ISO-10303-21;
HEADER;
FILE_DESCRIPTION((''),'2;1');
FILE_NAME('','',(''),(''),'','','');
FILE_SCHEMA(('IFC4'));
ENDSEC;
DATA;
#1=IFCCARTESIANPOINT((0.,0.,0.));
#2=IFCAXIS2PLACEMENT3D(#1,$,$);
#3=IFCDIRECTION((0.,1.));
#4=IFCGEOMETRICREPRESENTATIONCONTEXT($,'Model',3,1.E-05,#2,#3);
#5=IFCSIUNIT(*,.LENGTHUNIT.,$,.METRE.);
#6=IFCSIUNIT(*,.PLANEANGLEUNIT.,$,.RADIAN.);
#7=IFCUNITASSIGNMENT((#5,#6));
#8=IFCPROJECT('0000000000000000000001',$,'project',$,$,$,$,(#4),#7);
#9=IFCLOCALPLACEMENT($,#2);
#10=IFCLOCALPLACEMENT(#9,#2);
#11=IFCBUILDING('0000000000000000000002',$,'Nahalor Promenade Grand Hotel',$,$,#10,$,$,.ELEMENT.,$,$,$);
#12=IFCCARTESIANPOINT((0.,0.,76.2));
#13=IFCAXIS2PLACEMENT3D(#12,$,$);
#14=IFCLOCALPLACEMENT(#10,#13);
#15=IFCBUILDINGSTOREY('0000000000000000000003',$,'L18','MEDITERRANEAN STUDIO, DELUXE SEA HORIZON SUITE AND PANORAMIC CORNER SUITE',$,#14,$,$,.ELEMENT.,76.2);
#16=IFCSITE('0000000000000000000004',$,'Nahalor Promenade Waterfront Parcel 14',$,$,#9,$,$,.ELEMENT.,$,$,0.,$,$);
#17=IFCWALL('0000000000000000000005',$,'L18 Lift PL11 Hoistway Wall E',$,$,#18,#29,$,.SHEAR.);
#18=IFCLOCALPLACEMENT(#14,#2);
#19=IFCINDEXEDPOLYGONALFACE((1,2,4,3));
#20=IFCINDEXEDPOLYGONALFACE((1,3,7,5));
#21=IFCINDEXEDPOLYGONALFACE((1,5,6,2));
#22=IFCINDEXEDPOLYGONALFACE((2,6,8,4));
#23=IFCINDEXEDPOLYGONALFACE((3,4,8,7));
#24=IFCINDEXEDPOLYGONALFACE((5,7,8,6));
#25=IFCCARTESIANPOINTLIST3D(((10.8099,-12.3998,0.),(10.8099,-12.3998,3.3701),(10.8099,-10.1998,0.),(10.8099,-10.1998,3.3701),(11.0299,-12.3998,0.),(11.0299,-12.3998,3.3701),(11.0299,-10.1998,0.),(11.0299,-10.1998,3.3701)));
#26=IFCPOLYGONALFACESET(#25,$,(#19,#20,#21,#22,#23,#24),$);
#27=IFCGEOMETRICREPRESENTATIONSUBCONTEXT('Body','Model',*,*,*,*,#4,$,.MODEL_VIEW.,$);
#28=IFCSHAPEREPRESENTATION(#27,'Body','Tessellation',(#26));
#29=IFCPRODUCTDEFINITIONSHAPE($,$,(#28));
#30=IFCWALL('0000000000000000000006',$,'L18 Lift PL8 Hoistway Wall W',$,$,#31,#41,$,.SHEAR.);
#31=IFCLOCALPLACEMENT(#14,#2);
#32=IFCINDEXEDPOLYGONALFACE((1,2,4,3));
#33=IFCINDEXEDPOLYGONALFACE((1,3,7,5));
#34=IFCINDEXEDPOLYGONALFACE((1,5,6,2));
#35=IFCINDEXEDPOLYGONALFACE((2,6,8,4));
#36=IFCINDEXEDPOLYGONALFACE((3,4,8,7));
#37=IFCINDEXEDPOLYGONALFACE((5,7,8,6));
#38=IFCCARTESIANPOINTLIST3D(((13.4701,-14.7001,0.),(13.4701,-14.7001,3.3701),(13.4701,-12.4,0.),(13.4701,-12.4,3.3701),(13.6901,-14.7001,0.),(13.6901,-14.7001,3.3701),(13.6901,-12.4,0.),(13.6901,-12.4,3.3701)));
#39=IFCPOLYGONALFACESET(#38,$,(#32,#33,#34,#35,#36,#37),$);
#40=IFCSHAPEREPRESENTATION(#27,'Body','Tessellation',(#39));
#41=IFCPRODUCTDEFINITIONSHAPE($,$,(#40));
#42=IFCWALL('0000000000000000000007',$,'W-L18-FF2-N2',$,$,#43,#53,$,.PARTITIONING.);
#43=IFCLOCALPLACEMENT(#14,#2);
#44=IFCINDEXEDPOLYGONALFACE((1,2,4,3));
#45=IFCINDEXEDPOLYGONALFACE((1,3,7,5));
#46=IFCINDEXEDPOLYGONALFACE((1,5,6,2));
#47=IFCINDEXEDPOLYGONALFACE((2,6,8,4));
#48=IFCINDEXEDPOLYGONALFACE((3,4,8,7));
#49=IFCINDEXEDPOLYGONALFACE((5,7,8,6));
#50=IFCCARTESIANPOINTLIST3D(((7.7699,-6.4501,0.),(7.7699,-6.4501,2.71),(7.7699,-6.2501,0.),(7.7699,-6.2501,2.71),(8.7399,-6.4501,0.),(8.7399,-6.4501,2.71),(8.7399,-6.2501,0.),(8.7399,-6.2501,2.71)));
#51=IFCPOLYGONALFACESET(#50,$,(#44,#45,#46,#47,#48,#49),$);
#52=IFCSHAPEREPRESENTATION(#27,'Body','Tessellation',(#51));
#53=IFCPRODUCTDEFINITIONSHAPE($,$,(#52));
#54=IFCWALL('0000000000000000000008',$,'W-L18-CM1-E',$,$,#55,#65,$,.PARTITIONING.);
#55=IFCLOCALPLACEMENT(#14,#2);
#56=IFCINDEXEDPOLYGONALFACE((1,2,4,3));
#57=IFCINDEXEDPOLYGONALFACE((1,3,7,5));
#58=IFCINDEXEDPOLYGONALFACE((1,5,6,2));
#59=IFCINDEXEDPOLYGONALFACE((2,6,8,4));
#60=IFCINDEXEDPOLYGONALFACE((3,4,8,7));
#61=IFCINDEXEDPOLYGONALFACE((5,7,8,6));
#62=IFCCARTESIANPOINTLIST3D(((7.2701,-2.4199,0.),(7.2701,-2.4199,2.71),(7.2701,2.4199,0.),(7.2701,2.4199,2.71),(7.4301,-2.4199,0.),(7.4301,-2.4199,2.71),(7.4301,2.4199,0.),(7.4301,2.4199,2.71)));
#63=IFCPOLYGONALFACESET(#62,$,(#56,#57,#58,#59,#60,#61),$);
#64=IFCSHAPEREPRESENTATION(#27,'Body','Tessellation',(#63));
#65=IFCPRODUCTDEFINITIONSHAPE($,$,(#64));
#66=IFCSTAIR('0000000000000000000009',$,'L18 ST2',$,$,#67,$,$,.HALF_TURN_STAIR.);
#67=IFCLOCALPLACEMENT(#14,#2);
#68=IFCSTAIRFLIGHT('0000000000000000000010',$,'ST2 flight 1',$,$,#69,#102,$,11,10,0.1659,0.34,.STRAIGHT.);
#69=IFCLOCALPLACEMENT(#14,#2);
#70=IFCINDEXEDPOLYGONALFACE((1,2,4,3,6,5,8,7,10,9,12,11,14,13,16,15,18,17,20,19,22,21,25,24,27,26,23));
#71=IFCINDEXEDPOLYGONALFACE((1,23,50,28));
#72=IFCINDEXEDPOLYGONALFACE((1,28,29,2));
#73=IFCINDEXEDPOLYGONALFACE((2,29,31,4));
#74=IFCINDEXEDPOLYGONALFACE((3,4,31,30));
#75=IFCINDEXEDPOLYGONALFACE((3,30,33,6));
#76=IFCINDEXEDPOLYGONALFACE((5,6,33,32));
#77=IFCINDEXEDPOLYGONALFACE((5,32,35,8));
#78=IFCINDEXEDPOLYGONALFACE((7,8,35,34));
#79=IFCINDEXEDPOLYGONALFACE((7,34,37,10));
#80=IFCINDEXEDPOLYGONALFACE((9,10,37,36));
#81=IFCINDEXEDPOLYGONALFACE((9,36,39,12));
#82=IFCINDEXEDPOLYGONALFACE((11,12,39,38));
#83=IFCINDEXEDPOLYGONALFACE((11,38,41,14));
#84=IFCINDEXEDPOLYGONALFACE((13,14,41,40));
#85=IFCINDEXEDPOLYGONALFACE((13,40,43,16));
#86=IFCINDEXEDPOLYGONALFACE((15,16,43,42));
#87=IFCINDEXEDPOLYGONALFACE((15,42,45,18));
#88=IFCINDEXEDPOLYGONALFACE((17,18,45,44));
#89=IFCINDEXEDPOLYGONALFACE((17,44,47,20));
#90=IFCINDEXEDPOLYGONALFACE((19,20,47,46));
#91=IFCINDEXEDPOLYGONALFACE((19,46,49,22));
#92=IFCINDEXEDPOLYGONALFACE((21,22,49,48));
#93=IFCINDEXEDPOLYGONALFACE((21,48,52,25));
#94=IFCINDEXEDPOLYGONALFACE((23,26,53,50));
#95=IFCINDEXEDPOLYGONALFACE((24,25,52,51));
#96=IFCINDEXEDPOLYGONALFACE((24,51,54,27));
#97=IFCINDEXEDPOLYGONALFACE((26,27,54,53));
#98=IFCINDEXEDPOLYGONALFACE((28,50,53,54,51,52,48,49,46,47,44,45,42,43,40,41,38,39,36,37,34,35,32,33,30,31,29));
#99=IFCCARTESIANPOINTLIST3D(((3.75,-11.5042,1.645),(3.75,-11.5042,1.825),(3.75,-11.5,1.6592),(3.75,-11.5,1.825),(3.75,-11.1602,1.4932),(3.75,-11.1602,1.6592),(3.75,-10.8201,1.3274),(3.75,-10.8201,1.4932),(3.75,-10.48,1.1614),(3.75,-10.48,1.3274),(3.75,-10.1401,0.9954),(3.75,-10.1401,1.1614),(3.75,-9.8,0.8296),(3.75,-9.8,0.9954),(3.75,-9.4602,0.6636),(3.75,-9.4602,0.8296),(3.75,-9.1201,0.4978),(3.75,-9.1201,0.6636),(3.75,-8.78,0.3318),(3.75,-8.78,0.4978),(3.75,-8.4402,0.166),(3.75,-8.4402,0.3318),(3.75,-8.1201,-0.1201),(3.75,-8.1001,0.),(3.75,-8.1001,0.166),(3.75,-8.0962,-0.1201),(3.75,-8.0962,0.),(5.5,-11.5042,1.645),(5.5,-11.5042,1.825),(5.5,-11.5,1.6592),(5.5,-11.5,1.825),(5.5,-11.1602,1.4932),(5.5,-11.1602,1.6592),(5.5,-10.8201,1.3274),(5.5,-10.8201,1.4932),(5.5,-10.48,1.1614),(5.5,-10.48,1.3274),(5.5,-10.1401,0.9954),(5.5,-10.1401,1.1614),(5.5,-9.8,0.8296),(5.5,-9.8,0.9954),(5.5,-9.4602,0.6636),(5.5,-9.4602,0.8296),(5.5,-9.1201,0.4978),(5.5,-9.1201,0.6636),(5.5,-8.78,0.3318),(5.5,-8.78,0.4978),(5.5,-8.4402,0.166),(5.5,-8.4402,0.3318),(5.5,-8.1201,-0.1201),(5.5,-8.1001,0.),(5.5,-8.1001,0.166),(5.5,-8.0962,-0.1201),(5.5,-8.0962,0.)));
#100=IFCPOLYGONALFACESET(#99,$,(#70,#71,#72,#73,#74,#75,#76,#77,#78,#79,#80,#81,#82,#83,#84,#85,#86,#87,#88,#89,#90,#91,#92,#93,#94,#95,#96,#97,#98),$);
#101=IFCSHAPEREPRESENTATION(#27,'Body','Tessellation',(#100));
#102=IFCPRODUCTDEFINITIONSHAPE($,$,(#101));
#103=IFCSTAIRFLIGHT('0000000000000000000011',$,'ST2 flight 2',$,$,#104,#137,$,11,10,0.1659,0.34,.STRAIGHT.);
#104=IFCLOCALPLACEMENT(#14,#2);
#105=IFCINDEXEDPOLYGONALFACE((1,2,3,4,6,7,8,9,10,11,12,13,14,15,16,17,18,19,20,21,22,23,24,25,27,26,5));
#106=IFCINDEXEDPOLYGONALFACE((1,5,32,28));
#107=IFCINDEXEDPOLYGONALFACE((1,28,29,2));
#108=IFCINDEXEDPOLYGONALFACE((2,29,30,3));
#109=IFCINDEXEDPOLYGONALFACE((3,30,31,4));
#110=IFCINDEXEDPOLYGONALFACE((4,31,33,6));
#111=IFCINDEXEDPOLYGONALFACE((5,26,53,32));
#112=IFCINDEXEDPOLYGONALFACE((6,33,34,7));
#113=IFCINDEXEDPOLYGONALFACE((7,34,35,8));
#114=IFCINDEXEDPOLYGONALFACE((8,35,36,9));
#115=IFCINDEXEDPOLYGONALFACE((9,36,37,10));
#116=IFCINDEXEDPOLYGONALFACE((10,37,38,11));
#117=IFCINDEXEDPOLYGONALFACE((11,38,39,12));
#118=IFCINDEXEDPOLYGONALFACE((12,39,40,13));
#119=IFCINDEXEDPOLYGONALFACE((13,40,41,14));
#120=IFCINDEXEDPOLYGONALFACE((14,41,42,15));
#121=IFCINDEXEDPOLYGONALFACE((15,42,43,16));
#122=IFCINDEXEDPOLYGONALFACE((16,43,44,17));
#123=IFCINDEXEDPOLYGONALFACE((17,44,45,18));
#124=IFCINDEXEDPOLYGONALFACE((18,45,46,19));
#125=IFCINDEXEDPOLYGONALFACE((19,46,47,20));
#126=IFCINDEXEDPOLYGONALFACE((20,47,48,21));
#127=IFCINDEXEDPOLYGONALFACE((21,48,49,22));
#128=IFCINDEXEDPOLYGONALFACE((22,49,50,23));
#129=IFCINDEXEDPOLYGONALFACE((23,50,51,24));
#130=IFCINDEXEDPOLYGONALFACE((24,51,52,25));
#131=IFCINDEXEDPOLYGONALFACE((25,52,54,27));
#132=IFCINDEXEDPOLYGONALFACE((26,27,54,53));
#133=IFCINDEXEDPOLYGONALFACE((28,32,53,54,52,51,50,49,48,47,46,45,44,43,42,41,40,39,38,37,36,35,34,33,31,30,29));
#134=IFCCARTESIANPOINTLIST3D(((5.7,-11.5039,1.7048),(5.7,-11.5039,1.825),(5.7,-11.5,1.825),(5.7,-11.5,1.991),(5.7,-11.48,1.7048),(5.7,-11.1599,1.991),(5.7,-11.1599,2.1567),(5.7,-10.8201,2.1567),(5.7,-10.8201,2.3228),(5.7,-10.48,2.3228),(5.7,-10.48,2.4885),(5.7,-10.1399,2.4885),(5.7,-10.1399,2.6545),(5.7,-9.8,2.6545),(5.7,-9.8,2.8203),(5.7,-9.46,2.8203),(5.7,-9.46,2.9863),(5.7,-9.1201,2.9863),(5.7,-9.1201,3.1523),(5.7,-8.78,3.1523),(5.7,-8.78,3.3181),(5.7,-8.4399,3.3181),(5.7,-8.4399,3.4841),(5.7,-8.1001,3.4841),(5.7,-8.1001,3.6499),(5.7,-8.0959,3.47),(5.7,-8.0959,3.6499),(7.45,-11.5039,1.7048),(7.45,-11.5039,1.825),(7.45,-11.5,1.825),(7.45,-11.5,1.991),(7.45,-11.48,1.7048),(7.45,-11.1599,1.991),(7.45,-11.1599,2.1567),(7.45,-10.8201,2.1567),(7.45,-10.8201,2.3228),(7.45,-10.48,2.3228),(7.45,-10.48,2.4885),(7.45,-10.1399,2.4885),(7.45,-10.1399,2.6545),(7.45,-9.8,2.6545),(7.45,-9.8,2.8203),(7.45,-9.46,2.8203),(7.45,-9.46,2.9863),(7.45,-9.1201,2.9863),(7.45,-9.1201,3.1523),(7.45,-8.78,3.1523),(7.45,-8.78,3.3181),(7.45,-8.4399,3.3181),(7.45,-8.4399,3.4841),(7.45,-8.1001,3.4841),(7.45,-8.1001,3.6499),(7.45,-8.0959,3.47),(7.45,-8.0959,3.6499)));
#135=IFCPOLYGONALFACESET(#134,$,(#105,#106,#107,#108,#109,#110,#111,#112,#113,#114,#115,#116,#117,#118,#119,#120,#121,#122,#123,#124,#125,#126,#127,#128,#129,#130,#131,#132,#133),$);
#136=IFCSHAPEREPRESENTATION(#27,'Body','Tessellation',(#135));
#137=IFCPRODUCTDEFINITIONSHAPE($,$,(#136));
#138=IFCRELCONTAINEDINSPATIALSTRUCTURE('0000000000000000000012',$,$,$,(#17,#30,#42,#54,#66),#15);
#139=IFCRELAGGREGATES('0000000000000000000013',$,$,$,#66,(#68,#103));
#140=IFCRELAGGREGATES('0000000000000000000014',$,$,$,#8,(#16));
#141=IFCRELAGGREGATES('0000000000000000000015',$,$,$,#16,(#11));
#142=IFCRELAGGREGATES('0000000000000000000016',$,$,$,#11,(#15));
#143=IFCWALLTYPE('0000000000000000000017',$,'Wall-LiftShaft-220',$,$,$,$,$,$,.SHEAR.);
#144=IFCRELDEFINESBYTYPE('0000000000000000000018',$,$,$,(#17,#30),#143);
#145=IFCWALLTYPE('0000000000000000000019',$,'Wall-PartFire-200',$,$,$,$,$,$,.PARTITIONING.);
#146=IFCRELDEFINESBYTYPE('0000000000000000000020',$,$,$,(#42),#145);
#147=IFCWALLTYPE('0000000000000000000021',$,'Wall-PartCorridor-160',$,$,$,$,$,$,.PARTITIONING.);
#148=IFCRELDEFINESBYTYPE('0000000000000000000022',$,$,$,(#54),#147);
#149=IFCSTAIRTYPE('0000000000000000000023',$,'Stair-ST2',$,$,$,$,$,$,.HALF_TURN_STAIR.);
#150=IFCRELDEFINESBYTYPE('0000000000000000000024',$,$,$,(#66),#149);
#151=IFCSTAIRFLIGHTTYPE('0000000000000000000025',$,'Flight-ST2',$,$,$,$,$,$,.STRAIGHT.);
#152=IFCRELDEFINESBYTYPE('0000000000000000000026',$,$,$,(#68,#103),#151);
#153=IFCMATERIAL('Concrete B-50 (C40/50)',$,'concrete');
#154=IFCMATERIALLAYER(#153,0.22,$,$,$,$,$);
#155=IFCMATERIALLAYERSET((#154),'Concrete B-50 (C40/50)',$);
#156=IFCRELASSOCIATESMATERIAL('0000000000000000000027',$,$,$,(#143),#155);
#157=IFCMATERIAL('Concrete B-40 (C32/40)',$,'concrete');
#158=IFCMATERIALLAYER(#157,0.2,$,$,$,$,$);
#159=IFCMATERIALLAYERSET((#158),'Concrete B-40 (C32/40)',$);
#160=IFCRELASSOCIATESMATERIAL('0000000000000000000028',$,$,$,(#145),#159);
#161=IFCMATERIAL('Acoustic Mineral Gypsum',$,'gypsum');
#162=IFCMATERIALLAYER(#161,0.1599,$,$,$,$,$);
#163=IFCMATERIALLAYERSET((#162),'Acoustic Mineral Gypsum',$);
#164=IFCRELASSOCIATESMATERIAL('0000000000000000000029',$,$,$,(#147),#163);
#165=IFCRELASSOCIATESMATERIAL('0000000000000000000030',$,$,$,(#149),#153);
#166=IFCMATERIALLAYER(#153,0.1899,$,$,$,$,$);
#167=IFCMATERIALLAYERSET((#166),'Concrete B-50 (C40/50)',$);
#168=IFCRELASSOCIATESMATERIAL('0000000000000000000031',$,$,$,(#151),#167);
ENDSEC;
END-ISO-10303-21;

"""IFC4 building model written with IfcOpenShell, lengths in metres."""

from ifc_helpers import new_model, si_unit, direction, frame, frame_2d, origin, place, context, subcontext, project, spatial, polyline, rectangle, outline, extrude, source, transform, mapped, material, layer, layer_set, type_object, element, aggregate, save


model = new_model("IFC4")

# Units and contexts
model_context = context("Model", 3, precision=1e-05, world=origin(), true_north=direction((0.0, 1.0)))
body_context = subcontext(model_context, "Body", "Model", "MODEL_VIEW")
ifc_project = project(units=[si_unit("LENGTHUNIT", "METRE"), si_unit("PLANEANGLEUNIT", "RADIAN")], contexts=[model_context])

# Site, building, storey
site_placement = place(None, origin())
site = spatial("IfcSite", under=ifc_project, at=site_placement, Name="Nahalor Promenade Waterfront Parcel 14", CompositionType="ELEMENT", RefElevation=0.0)
building_placement = place(site_placement, origin())
building = spatial("IfcBuilding", under=site, at=building_placement, Name="Nahalor Promenade Grand Hotel", CompositionType="ELEMENT")
storey_placement = place(building_placement, frame((0.0, 0.0, 76.2)))
storey = spatial("IfcBuildingStorey", under=building, at=storey_placement, Name="L18", Description="MEDITERRANEAN STUDIO, DELUXE SEA HORIZON SUITE AND PANORAMIC CORNER SUITE", CompositionType="ELEMENT", Elevation=76.2)

# Walls
ifc_material_1 = material(Name="Concrete B-50 (C40/50)", Category="concrete")
ifc_layer_1 = layer(ifc_material_1, 0.22)
ifc_layer_set_1 = layer_set([ifc_layer_1], Name="Concrete B-50 (C40/50)")
wall_type_1 = type_object("IfcWallType", Name="Wall-LiftShaft-220", PredefinedType="SHEAR", material=ifc_layer_set_1)
shared_shape_1 = source(origin(), body_context, "Body", "SweptSolid", [
    extrude(rectangle(XDim=2.2, YDim=0.22, at=frame_2d((1.1001, 0.0))), origin(), (0.0, 0.0, 1.0), 3.3701),
])
for number, where, z_axis, x_axis, name in (
    (1, (10.9199, -12.3999, 0.0), (0.0, 0.0, 1.0), (0.0, 1.0, 0.0), "L18 Lift PL11 Hoistway Wall E"),
):
    element("IfcWall", number, at=place(storey_placement, frame(where, z_axis=z_axis, x_axis=x_axis)), inside=storey, type_object=wall_type_1, Name=name, PredefinedType="SHEAR", context=body_context, shape_type="MappedRepresentation", body=[
        mapped(shared_shape_1, transform((0.0, 0.0, 0.0), scale=1.0)),
    ])
shared_shape_2 = source(origin(), body_context, "Body", "SweptSolid", [
    extrude(rectangle(XDim=2.3, YDim=0.22, at=frame_2d((1.1499, 0.0))), origin(), (0.0, 0.0, 1.0), 3.3701),
])
wall_1_placement = place(storey_placement, frame((13.5801, -14.7, 0.0), z_axis=(0.0, 0.0, 1.0), x_axis=(0.0, 1.0, 0.0)))
element("IfcWall", 2, at=wall_1_placement, inside=storey, type_object=wall_type_1, Name="L18 Lift PL8 Hoistway Wall W", PredefinedType="SHEAR", context=body_context, shape_type="MappedRepresentation", body=[
    mapped(shared_shape_2, transform((0.0, 0.0, 0.0), scale=1.0)),
])
ifc_material_2 = material(Name="Concrete B-40 (C32/40)", Category="concrete")
ifc_layer_2 = layer(ifc_material_2, 0.2)
ifc_layer_set_2 = layer_set([ifc_layer_2], Name="Concrete B-40 (C32/40)")
wall_type_2 = type_object("IfcWallType", Name="Wall-PartFire-200", PredefinedType="PARTITIONING", material=ifc_layer_set_2)
shared_shape_3 = source(origin(), body_context, "Body", "SweptSolid", [
    extrude(rectangle(XDim=0.97, YDim=0.2, at=frame_2d((0.4849, 0.0))), origin(), (0.0, 0.0, 1.0), 2.71),
])
wall_2_placement = place(storey_placement, frame((7.77, -6.3501, 0.0), z_axis=(0.0, 0.0, 1.0), x_axis=(1.0, 0.0, 0.0)))
element("IfcWall", 3, at=wall_2_placement, inside=storey, type_object=wall_type_2, Name="W-L18-FF2-N2", PredefinedType="PARTITIONING", context=body_context, shape_type="MappedRepresentation", body=[
    mapped(shared_shape_3, transform((0.0, 0.0, 0.0), scale=1.0)),
])
ifc_material_3 = material(Name="Acoustic Mineral Gypsum", Category="gypsum")
ifc_layer_3 = layer(ifc_material_3, 0.1599)
ifc_layer_set_3 = layer_set([ifc_layer_3], Name="Acoustic Mineral Gypsum")
wall_type_3 = type_object("IfcWallType", Name="Wall-PartCorridor-160", PredefinedType="PARTITIONING", material=ifc_layer_set_3)
shared_shape_4 = source(origin(), body_context, "Body", "SweptSolid", [
    extrude(rectangle(XDim=4.8398, YDim=0.1599, at=frame_2d((2.4199, 0.0))), origin(), (0.0, 0.0, 1.0), 2.71),
])
wall_3_placement = place(storey_placement, frame((7.3501, -2.4199, 0.0), z_axis=(0.0, 0.0, 1.0), x_axis=(0.0, 1.0, 0.0)))
element("IfcWall", 4, at=wall_3_placement, inside=storey, type_object=wall_type_3, Name="W-L18-CM1-E", PredefinedType="PARTITIONING", context=body_context, shape_type="MappedRepresentation", body=[
    mapped(shared_shape_4, transform((0.0, 0.0, 0.0), scale=1.0)),
])

# Stair, stair flights
stair_type = type_object("IfcStairType", Name="Stair-ST2", PredefinedType="HALF_TURN_STAIR", material=ifc_material_1)
stair_placement = place(storey_placement, origin())
stair = element("IfcStair", 5, at=stair_placement, inside=storey, type_object=stair_type, Name="L18 ST2", PredefinedType="HALF_TURN_STAIR")
ifc_layer_4 = layer(ifc_material_1, 0.1899)
ifc_layer_set_4 = layer_set([ifc_layer_4], Name="Concrete B-50 (C40/50)")
stair_flight_type = type_object("IfcStairFlightType", Name="Flight-ST2", PredefinedType="STRAIGHT", material=ifc_layer_set_4)
shared_shape_5 = source(origin(), body_context, "Body", "SweptSolid", [
    extrude(outline(polyline([(-0.0039, -0.1201), (-0.0039, 0.0), (0.0, 0.0), (0.0, 0.166), (0.3401, 0.166), (0.3401, 0.3318), (0.6799, 0.3318), (0.6799, 0.4978), (1.02, 0.4978), (1.02, 0.6636), (1.3601, 0.6636), (1.3601, 0.8296), (1.7, 0.8296), (1.7, 0.9954), (2.04, 0.9954), (2.04, 1.1614), (2.3799, 1.1614), (2.3799, 1.3274), (2.72, 1.3274), (2.72, 1.4932), (3.0601, 1.4932), (3.0601, 1.6592), (3.3999, 1.6592), (3.3999, 1.825), (3.4041, 1.825), (3.4041, 1.645), (0.02, -0.1201), (-0.0039, -0.1201)])), frame((0.0, 0.875, 0.0), z_axis=(0.0, -1.0, 0.0), x_axis=(1.0, 0.0, 0.0)), (0.0, 0.0, 1.0), 1.75),
])
stair_flight_1_placement = place(storey_placement, frame((4.625, -8.1001, 0.0), z_axis=(0.0, 0.0, 1.0), x_axis=(0.0, -1.0, 0.0)))
stair_flight_1 = element("IfcStairFlight", 6, at=stair_flight_1_placement, type_object=stair_flight_type, Name="ST2 flight 1", NumberOfRisers=11, NumberOfTreads=10, PredefinedType="STRAIGHT", RiserHeight=0.1659, TreadLength=0.34, context=body_context, shape_type="MappedRepresentation", body=[
    mapped(shared_shape_5, transform((0.0, 0.0, 0.0), scale=1.0)),
])
stair_flight_2_placement = place(storey_placement, frame((6.575, -11.5, 1.825), z_axis=(0.0, 0.0, 1.0), x_axis=(0.0, 1.0, 0.0)))
stair_flight_2 = element("IfcStairFlight", 7, at=stair_flight_2_placement, type_object=stair_flight_type, Name="ST2 flight 2", NumberOfRisers=11, NumberOfTreads=10, PredefinedType="STRAIGHT", RiserHeight=0.1659, TreadLength=0.34, context=body_context, shape_type="MappedRepresentation", body=[
    mapped(shared_shape_5, transform((0.0, 0.0, 0.0), scale=1.0)),
])
aggregate(stair, [stair_flight_1, stair_flight_2])

save(model, "model.ifc")
